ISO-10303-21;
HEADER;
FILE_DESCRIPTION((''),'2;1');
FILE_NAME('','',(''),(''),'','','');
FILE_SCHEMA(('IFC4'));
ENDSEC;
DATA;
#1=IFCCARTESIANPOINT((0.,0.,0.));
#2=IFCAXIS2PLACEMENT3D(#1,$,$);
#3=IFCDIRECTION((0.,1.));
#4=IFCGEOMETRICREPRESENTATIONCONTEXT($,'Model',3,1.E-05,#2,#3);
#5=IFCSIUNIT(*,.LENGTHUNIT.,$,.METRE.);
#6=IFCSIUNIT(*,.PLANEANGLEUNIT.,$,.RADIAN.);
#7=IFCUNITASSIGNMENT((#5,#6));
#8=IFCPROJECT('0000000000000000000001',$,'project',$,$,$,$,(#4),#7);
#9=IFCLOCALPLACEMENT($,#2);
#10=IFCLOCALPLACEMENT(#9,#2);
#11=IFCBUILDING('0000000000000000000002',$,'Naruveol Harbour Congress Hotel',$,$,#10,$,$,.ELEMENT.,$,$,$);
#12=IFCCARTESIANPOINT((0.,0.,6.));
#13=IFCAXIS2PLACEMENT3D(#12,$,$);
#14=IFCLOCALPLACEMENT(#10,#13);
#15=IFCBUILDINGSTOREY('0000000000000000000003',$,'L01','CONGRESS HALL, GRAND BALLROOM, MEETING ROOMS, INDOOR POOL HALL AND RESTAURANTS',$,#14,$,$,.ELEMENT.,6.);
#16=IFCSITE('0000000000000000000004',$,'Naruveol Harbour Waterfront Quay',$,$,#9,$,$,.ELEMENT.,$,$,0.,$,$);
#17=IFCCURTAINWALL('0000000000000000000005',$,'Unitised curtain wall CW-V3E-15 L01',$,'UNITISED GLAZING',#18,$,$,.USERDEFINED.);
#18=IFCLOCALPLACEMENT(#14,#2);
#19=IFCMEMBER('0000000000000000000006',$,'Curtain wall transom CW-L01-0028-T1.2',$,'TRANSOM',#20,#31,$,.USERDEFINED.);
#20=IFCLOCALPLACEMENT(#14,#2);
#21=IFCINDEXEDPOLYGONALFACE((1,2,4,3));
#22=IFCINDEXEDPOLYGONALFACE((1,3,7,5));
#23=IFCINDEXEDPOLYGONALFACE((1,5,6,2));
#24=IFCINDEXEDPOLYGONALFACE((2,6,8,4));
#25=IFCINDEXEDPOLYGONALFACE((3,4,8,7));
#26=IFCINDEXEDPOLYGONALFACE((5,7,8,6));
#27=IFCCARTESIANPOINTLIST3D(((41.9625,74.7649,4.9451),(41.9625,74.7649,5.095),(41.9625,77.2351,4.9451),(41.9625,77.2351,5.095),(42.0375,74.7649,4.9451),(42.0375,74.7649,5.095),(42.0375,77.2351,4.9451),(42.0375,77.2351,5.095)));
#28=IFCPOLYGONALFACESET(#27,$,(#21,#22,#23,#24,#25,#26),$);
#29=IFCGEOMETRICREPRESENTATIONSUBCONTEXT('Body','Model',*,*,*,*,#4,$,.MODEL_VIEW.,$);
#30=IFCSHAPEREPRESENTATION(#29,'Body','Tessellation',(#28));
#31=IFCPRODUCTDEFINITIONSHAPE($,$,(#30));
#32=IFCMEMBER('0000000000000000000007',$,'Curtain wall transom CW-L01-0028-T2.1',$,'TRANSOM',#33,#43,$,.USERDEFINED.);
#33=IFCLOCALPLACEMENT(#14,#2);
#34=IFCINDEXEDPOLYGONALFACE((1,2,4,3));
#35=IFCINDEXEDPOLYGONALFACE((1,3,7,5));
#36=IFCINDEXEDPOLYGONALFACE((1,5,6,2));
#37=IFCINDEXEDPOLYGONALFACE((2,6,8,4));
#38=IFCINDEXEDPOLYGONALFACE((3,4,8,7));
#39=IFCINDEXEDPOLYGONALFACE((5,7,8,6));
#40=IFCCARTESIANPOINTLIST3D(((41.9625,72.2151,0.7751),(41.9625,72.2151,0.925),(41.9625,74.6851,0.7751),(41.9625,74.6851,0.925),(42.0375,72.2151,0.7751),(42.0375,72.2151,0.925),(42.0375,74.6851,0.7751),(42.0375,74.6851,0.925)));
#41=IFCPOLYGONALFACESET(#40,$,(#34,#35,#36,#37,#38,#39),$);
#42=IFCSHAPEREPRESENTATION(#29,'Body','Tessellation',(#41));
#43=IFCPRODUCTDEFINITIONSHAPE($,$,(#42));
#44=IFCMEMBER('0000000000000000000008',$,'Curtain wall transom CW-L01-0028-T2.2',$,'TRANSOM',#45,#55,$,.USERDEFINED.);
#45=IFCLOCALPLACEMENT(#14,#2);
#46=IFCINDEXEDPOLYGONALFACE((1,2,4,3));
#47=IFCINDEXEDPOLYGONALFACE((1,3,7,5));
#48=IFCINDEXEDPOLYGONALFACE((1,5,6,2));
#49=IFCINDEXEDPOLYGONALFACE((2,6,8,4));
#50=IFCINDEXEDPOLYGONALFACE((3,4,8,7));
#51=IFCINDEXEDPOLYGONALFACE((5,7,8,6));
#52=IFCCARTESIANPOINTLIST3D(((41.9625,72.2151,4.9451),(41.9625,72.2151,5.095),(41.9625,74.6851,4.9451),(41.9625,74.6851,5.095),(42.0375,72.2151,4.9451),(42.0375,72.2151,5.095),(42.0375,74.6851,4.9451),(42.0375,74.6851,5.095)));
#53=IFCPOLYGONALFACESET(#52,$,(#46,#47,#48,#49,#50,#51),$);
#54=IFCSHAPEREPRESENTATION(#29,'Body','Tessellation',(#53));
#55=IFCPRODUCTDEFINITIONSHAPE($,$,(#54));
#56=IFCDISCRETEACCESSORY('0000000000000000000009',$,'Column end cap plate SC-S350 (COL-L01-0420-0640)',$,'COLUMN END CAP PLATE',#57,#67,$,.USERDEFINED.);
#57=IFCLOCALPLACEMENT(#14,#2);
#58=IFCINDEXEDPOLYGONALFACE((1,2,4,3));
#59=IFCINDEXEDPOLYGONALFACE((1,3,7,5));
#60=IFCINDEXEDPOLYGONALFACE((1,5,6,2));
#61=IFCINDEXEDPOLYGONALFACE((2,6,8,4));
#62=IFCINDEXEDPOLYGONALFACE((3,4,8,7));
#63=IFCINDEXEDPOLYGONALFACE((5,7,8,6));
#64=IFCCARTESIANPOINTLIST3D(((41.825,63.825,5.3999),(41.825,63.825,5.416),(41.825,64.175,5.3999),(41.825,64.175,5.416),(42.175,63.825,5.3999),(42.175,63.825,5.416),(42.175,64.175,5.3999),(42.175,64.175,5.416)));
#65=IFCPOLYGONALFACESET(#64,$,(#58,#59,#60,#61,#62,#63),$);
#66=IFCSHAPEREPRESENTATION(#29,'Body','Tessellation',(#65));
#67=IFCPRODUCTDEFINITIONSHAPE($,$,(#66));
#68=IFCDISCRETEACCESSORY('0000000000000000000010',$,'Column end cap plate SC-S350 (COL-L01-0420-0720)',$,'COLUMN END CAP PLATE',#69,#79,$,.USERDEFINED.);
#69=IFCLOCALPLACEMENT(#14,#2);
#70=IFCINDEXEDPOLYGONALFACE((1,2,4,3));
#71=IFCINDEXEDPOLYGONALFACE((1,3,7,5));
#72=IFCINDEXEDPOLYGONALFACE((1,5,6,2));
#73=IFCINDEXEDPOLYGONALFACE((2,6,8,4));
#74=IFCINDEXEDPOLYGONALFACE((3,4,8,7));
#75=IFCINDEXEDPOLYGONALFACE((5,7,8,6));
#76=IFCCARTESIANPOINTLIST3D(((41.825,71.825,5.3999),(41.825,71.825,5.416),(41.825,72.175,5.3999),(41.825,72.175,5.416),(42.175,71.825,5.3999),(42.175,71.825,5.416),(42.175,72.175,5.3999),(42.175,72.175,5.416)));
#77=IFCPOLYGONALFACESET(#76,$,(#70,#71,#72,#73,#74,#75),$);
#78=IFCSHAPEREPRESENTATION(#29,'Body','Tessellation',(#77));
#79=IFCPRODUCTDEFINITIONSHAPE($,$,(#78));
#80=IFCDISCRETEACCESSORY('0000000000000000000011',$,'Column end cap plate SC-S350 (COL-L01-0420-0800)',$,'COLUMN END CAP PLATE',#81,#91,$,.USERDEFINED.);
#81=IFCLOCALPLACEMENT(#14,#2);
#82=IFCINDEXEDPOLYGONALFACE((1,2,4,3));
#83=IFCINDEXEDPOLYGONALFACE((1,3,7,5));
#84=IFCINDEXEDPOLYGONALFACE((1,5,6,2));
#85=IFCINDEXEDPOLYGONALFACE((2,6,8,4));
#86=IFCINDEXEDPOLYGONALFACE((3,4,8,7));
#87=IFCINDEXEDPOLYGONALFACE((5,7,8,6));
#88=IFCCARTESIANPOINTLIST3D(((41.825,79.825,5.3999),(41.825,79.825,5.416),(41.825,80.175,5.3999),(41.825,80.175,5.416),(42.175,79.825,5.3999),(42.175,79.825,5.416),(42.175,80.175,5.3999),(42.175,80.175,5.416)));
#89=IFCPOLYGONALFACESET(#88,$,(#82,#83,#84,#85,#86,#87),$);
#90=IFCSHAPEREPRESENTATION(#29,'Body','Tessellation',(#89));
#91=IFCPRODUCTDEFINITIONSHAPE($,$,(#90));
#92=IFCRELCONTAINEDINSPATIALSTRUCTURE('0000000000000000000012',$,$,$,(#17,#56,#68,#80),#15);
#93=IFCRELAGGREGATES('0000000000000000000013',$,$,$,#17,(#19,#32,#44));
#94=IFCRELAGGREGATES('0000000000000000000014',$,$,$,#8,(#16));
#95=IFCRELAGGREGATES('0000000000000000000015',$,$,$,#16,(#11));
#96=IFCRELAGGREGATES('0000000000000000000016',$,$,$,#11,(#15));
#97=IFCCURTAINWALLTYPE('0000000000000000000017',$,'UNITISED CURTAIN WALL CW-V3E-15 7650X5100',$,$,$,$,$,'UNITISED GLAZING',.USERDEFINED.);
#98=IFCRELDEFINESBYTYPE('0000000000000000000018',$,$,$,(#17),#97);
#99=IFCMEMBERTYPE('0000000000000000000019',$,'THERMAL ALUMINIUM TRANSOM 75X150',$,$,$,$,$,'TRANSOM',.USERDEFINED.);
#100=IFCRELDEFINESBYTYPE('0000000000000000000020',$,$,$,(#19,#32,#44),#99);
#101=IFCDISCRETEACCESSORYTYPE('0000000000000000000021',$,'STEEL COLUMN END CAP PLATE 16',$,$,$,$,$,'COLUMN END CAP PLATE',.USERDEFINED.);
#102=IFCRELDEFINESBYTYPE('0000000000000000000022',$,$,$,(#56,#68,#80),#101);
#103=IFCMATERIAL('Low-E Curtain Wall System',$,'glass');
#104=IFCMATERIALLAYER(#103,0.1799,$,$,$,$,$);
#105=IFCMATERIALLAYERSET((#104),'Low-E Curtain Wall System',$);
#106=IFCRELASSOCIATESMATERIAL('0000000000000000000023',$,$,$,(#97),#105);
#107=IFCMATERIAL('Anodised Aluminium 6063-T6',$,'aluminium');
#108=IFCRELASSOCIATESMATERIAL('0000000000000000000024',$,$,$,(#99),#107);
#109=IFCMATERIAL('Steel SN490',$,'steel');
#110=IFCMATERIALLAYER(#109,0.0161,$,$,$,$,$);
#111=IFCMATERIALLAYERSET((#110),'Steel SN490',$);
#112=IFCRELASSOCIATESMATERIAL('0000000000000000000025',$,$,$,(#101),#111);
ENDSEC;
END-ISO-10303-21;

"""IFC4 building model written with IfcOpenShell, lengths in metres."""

from ifc_helpers import new_model, si_unit, direction, frame, origin, origin_2d, place, context, subcontext, project, spatial, rectangle, extrude, material, layer, layer_set, material_profile, profile_set, type_object, element, aggregate, save


model = new_model("IFC4")

# Units and contexts
model_context = context("Model", 3, precision=1e-05, world=origin(), true_north=direction((0.0, 1.0)))
body_context = subcontext(model_context, "Body", "Model", "MODEL_VIEW")
ifc_project = project(units=[si_unit("LENGTHUNIT", "METRE"), si_unit("PLANEANGLEUNIT", "RADIAN")], contexts=[model_context])

# Site, building, storey
site_placement = place(None, origin())
site = spatial("IfcSite", under=ifc_project, at=site_placement, Name="Naruveol Harbour Waterfront Quay", CompositionType="ELEMENT", RefElevation=0.0)
building_placement = place(site_placement, origin())
building = spatial("IfcBuilding", under=site, at=building_placement, Name="Naruveol Harbour Congress Hotel", CompositionType="ELEMENT")
storey_placement = place(building_placement, frame((0.0, 0.0, 6.0)))
storey = spatial("IfcBuildingStorey", under=building, at=storey_placement, Name="L01", Description="CONGRESS HALL, GRAND BALLROOM, MEETING ROOMS, INDOOR POOL HALL AND RESTAURANTS", CompositionType="ELEMENT", Elevation=6.0)

# Curtain wall
ifc_material_1 = material(Name="Low-E Curtain Wall System", Category="glass")
ifc_layer_1 = layer(ifc_material_1, 0.1799)
ifc_layer_set_1 = layer_set([ifc_layer_1], Name="Low-E Curtain Wall System")
curtain_wall_type_1 = type_object("IfcCurtainWallType", Name="UNITISED CURTAIN WALL CW-V3E-15 7650X5100", ElementType="UNITISED GLAZING", PredefinedType="USERDEFINED", material=ifc_layer_set_1)
curtain_wall_1_placement = place(storey_placement, origin())
curtain_wall_1 = element("IfcCurtainWall", 1, at=curtain_wall_1_placement, inside=storey, type_object=curtain_wall_type_1, Name="Unitised curtain wall CW-V3E-15 L01", ObjectType="UNITISED GLAZING", PredefinedType="USERDEFINED")

# Members
ifc_material_2 = material(Name="Anodised Aluminium 6063-T6", Category="aluminium")
ifc_material_profile_1 = material_profile(ifc_material_2, rectangle(XDim=0.075, YDim=0.1499, at=origin_2d()), Name="ALU-75x150")
ifc_profile_set_1 = profile_set([ifc_material_profile_1], Name="Anodised Aluminium 6063-T6")
member_type_1 = type_object("IfcMemberType", Name="THERMAL ALUMINIUM TRANSOM 75X150", ElementType="TRANSOM", PredefinedType="USERDEFINED", material=ifc_profile_set_1)
member_1_placement = place(storey_placement, frame((42.0, 77.2351, 5.02), z_axis=(0.0, -1.0, 0.0), x_axis=(1.0, 0.0, 0.0)))
member_1 = element("IfcMember", 2, at=member_1_placement, type_object=member_type_1, Name="Curtain wall transom CW-L01-0028-T1.2", ObjectType="TRANSOM", PredefinedType="USERDEFINED", context=body_context, shape_type="SweptSolid", body=[
    extrude(rectangle(XDim=0.075, YDim=0.1499, at=origin_2d()), origin(), (0.0, 0.0, 1.0), 2.4702),
])
member_2_placement = place(storey_placement, frame((42.0, 74.6851, 0.8501), z_axis=(0.0, -1.0, 0.0), x_axis=(1.0, 0.0, 0.0)))
member_2 = element("IfcMember", 3, at=member_2_placement, type_object=member_type_1, Name="Curtain wall transom CW-L01-0028-T2.1", ObjectType="TRANSOM", PredefinedType="USERDEFINED", context=body_context, shape_type="SweptSolid", body=[
    extrude(rectangle(XDim=0.075, YDim=0.1499, at=origin_2d()), origin(), (0.0, 0.0, 1.0), 2.47),
])
member_3_placement = place(storey_placement, frame((42.0, 74.6851, 5.02), z_axis=(0.0, -1.0, 0.0), x_axis=(1.0, 0.0, 0.0)))
member_3 = element("IfcMember", 4, at=member_3_placement, type_object=member_type_1, Name="Curtain wall transom CW-L01-0028-T2.2", ObjectType="TRANSOM", PredefinedType="USERDEFINED", context=body_context, shape_type="SweptSolid", body=[
    extrude(rectangle(XDim=0.075, YDim=0.1499, at=origin_2d()), origin(), (0.0, 0.0, 1.0), 2.47),
])
aggregate(curtain_wall_1, [member_1, member_2, member_3])

# Discrete accessories
ifc_material_3 = material(Name="Steel SN490", Category="steel")
ifc_layer_2 = layer(ifc_material_3, 0.0161)
ifc_layer_set_2 = layer_set([ifc_layer_2], Name="Steel SN490")
discrete_accessory_type = type_object("IfcDiscreteAccessoryType", Name="STEEL COLUMN END CAP PLATE 16", ElementType="COLUMN END CAP PLATE", PredefinedType="USERDEFINED", material=ifc_layer_set_2)
for number, where, z_axis, x_axis, name in (
    (5, (42.0, 64.0, 5.3999), (0.0, 0.0, 1.0), (1.0, 0.0, 0.0), "Column end cap plate SC-S350 (COL-L01-0420-0640)"),
    (6, (42.0, 72.0, 5.3999), (0.0, 0.0, 1.0), (1.0, 0.0, 0.0), "Column end cap plate SC-S350 (COL-L01-0420-0720)"),
    (7, (42.0, 80.0, 5.3999), (0.0, 0.0, 1.0), (1.0, 0.0, 0.0), "Column end cap plate SC-S350 (COL-L01-0420-0800)"),
):
    element("IfcDiscreteAccessory", number, at=place(storey_placement, frame(where, z_axis=z_axis, x_axis=x_axis)), inside=storey, type_object=discrete_accessory_type, Name=name, ObjectType="COLUMN END CAP PLATE", PredefinedType="USERDEFINED", context=body_context, shape_type="SweptSolid", body=[
        extrude(rectangle(XDim=0.3501, YDim=0.3501, at=origin_2d()), origin(), (0.0, 0.0, 1.0), 0.0161),
    ])

save(model, "model.ifc")
